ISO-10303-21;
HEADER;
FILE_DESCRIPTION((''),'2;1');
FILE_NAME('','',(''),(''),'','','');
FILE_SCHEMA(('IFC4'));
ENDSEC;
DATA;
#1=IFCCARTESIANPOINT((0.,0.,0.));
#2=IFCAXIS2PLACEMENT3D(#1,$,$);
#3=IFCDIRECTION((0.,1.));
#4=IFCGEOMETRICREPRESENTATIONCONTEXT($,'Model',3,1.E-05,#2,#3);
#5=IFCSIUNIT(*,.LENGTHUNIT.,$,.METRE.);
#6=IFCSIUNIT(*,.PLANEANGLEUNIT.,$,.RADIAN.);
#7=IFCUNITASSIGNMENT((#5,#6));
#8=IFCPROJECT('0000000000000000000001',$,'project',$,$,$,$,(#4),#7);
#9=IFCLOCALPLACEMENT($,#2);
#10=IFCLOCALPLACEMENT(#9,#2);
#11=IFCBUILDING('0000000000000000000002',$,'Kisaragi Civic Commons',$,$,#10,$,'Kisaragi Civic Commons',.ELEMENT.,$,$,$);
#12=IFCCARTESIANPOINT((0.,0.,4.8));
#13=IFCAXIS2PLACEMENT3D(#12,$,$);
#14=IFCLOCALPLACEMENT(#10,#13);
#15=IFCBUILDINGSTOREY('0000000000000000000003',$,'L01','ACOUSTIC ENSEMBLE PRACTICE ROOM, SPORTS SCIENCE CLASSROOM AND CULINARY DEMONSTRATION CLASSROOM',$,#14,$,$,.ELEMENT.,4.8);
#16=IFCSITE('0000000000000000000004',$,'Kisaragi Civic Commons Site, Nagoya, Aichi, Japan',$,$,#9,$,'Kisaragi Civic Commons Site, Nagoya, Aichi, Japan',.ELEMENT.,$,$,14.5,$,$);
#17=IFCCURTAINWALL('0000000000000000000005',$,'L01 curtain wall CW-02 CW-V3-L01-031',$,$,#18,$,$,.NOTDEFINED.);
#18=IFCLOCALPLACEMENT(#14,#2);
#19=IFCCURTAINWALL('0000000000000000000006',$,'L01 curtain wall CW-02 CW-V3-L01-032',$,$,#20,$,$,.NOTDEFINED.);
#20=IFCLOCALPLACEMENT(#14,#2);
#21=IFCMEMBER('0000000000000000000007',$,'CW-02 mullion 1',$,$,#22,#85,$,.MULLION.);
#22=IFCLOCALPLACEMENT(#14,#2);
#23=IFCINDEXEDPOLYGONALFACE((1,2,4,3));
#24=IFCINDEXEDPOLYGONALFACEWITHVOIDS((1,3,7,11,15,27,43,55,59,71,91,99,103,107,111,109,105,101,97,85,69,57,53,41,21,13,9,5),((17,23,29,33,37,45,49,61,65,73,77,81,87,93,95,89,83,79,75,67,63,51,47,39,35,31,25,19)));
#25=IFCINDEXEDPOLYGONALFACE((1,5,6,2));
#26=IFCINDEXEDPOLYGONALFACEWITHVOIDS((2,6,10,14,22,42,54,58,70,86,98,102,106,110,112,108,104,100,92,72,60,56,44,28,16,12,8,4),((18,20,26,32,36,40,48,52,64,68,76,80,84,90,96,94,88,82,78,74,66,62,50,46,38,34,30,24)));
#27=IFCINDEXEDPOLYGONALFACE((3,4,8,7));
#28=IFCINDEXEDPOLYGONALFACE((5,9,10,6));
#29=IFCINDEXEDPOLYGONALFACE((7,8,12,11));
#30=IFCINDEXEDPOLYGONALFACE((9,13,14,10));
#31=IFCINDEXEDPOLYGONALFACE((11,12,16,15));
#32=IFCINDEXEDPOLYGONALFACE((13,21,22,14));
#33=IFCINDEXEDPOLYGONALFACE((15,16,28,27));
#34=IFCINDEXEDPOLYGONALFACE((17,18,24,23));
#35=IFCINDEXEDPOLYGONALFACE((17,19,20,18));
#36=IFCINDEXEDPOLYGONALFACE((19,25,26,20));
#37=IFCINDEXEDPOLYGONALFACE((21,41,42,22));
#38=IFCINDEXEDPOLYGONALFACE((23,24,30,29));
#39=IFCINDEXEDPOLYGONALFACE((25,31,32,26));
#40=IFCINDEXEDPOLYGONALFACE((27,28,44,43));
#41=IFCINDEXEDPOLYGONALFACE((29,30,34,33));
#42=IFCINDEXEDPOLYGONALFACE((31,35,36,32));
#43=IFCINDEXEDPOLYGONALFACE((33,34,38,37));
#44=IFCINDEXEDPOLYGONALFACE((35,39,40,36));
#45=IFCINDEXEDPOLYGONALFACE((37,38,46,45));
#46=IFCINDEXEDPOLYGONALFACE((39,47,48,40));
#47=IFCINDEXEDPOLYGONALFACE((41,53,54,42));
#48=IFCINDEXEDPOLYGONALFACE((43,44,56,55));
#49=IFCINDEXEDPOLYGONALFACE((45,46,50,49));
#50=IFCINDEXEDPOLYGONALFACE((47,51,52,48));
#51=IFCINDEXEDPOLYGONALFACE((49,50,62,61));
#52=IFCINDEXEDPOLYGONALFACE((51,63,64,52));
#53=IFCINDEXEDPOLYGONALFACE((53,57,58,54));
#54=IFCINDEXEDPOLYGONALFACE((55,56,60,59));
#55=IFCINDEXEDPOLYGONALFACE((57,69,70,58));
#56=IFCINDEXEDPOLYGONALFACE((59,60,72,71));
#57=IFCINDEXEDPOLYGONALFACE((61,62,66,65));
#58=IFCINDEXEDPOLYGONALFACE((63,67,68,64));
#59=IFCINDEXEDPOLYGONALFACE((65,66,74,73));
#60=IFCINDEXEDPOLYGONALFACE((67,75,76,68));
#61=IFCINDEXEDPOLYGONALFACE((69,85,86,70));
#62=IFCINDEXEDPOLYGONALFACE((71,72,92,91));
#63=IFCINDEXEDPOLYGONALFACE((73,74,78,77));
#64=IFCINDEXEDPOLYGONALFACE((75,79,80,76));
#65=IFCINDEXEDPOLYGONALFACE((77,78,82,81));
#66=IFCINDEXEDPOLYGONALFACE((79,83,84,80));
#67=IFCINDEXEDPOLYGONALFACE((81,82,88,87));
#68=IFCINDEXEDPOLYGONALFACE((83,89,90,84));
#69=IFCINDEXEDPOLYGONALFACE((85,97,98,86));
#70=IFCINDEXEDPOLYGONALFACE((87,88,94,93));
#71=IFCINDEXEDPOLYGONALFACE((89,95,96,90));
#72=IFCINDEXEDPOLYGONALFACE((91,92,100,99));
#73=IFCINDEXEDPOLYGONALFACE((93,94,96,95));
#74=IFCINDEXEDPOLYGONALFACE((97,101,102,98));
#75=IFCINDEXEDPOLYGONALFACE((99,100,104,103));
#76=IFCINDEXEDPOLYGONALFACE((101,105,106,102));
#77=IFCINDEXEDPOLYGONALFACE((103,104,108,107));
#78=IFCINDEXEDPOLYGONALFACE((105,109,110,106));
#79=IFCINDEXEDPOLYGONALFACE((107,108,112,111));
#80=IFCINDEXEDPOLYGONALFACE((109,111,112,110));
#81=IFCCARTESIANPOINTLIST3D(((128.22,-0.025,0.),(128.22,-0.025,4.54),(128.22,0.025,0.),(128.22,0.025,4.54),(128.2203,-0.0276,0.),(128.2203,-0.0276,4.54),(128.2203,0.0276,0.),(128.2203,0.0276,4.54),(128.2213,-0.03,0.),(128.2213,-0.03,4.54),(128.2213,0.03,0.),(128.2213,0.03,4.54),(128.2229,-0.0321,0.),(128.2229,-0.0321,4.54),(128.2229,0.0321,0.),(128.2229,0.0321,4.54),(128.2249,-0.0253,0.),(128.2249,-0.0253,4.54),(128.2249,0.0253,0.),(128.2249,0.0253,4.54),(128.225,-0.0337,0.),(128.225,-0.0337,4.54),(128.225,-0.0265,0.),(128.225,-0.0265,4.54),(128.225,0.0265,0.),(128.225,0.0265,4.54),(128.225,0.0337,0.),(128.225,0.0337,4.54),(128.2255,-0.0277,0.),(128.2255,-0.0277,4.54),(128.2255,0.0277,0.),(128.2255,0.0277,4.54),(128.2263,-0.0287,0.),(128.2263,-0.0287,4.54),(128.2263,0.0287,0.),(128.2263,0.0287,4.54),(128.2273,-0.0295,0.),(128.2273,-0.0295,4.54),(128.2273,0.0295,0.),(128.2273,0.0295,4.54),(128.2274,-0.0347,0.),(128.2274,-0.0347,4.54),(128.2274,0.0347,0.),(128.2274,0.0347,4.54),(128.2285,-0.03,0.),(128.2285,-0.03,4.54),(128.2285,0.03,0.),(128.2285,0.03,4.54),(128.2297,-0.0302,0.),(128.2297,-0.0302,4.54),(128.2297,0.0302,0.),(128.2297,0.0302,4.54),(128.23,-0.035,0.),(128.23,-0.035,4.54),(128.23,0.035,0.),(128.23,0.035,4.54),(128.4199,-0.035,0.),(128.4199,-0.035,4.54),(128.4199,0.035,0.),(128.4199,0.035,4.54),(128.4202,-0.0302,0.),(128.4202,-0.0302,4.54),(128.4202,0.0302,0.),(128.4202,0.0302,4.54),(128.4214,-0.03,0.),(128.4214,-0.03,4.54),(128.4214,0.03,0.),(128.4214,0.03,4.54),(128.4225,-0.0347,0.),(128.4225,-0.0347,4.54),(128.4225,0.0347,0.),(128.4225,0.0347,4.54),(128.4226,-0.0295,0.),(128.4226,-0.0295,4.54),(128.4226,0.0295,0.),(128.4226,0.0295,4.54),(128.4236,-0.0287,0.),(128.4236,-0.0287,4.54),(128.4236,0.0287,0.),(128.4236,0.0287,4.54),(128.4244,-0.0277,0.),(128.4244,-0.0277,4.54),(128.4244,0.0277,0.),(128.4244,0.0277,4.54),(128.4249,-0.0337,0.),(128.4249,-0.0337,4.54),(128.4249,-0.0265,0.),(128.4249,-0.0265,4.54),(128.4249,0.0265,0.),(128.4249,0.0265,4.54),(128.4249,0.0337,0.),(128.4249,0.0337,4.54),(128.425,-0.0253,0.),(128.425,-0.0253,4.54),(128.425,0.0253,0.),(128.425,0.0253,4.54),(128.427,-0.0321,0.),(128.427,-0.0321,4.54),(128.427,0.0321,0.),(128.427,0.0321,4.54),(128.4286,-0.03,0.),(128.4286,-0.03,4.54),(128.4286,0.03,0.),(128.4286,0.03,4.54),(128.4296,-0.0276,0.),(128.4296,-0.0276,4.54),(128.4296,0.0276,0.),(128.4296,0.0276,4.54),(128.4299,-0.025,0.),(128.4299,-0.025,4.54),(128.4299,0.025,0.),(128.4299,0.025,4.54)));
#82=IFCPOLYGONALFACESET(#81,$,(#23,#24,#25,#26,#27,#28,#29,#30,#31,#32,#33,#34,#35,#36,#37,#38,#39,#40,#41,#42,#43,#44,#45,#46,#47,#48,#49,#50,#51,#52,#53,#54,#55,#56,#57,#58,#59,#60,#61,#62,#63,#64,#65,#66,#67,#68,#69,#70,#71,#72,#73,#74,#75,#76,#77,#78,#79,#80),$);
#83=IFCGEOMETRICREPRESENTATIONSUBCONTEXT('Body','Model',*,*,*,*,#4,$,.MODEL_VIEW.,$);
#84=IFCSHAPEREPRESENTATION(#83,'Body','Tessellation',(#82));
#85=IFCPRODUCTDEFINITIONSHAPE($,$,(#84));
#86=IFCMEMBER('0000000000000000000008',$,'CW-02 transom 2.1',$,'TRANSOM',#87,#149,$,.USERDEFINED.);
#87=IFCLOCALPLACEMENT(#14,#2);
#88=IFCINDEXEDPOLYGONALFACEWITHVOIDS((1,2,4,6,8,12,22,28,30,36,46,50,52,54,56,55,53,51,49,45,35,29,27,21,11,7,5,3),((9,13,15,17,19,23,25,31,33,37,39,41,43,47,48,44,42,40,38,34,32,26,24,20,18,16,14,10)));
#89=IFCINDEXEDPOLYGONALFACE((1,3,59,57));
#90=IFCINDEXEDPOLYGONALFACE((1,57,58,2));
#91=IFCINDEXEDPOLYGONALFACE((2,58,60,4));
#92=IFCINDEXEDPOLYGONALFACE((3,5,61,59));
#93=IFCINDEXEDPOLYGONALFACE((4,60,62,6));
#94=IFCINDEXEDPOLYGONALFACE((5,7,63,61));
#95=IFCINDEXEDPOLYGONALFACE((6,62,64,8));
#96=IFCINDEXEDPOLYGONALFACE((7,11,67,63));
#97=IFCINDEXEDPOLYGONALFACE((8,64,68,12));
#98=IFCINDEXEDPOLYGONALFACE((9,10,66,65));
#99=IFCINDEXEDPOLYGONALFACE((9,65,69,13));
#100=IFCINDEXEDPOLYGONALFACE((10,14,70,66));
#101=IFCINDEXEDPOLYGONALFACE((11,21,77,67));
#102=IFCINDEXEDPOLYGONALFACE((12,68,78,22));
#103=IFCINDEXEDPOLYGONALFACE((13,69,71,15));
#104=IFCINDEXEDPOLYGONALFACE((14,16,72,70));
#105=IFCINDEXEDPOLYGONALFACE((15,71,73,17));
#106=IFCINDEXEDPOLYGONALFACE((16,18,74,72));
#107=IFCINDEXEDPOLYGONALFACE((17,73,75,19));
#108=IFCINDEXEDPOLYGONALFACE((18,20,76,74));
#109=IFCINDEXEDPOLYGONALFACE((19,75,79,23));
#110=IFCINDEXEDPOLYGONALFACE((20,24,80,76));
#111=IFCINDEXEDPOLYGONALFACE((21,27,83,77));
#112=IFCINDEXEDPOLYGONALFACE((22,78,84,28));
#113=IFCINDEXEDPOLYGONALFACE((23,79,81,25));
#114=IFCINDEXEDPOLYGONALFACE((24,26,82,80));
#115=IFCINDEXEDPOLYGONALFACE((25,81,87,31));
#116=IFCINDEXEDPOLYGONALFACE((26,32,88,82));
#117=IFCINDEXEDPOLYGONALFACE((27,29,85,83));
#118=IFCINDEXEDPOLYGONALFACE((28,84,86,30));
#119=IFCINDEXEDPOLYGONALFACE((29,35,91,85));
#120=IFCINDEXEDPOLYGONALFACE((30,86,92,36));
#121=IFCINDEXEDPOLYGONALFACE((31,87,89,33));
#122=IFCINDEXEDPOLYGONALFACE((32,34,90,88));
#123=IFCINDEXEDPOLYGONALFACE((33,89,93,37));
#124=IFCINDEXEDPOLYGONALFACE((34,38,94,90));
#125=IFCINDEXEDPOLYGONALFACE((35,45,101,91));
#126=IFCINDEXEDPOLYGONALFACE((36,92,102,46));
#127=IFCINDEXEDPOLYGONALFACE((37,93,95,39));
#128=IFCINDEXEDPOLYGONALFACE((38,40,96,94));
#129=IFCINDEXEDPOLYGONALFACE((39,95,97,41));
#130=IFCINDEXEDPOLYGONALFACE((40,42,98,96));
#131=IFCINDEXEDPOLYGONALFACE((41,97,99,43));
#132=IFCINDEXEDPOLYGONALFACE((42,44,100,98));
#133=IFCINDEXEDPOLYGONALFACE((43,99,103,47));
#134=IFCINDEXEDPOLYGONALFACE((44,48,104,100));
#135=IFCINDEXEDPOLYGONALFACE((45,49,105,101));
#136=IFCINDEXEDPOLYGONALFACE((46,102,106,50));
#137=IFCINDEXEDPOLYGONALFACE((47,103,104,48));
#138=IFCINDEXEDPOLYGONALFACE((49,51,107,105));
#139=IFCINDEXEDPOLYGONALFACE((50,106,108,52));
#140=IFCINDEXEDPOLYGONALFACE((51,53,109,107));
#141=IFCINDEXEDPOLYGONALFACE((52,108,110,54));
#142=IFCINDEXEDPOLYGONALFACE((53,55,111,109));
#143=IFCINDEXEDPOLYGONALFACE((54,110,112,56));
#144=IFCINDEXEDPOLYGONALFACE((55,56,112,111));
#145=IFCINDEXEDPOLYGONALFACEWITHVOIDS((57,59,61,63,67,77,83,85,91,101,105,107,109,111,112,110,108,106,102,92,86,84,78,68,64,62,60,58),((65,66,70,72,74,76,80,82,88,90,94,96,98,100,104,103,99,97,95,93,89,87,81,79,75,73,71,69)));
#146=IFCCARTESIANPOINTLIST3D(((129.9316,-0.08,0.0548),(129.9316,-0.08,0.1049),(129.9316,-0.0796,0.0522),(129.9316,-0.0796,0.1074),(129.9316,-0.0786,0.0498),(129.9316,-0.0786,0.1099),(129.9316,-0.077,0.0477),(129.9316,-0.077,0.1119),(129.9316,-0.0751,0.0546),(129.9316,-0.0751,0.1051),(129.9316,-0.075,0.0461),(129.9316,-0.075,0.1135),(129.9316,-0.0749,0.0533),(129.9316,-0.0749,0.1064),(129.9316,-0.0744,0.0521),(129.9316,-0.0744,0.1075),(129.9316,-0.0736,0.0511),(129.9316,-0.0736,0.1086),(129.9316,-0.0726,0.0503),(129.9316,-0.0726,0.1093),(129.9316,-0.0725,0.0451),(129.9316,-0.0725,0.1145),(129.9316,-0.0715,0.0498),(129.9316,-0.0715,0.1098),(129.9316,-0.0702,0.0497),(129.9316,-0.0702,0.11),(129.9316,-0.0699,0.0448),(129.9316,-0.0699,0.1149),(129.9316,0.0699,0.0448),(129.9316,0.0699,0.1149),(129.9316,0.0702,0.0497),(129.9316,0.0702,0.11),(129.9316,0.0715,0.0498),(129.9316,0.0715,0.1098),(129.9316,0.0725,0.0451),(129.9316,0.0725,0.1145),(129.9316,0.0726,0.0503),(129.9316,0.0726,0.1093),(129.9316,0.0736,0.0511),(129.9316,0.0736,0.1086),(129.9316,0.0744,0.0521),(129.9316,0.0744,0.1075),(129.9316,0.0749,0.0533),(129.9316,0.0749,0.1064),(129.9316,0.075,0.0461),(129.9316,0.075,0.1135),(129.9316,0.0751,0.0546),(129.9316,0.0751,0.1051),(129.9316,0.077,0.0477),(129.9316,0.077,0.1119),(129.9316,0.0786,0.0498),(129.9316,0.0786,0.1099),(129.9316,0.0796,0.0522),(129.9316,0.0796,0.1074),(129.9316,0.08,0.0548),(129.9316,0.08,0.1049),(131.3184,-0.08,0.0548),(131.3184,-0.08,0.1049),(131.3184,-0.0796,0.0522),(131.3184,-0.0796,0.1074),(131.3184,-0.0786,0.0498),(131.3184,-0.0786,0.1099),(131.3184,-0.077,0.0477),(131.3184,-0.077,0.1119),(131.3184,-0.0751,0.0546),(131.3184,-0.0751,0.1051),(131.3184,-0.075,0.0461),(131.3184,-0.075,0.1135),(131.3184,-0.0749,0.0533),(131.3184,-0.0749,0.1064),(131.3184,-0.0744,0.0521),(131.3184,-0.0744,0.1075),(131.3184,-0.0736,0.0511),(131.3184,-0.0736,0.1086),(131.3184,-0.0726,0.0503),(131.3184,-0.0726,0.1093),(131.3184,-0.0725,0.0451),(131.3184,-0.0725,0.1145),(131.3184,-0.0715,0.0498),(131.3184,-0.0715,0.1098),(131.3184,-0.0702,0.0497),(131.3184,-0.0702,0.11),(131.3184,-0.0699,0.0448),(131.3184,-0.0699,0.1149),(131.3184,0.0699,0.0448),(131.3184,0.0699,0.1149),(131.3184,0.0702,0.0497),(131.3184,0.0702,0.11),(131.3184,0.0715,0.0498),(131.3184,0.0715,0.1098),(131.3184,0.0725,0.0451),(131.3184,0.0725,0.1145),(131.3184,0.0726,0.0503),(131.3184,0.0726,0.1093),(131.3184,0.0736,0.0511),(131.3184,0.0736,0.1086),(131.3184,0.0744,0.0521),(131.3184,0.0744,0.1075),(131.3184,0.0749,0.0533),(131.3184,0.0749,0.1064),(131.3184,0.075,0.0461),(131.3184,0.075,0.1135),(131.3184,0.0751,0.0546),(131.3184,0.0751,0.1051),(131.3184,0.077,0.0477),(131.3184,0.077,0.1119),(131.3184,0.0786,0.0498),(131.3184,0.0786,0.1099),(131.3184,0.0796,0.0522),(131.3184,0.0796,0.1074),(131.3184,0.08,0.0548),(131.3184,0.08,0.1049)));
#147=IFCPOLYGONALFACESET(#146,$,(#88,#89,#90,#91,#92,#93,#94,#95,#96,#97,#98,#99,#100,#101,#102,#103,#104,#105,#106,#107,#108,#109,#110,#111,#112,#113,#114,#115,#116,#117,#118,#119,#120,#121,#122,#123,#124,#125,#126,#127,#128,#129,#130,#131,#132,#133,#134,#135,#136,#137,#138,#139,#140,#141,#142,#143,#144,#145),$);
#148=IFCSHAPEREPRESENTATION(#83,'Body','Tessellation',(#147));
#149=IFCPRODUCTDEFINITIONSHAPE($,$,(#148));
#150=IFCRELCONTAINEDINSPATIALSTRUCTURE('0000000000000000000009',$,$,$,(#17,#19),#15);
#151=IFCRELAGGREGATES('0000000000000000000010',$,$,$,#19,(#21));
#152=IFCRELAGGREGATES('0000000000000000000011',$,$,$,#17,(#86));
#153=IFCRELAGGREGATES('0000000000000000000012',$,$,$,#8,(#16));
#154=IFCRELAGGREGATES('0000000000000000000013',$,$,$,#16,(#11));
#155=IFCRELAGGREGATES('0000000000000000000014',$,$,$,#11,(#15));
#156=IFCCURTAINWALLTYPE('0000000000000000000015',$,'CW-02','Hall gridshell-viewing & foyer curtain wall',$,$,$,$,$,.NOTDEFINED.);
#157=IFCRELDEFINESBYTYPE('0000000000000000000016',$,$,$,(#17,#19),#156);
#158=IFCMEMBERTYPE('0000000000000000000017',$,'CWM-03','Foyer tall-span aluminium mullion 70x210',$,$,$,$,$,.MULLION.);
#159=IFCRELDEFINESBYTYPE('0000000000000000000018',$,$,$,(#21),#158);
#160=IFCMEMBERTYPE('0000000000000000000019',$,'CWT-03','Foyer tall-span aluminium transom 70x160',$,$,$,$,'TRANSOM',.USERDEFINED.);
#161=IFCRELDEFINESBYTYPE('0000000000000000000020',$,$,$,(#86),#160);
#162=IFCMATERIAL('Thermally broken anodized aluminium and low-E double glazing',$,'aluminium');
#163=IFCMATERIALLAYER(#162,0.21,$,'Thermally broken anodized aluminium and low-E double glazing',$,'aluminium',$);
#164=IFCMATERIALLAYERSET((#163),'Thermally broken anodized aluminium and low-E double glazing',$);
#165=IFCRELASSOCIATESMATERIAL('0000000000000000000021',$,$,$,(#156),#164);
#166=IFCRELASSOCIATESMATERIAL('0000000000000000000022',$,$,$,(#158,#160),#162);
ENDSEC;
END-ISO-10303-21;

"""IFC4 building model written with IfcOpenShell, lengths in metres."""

from ifc_helpers import new_model, si_unit, direction, frame, origin, origin_2d, place, context, subcontext, project, spatial, hollow_rectangle, extrude, material, layer, layer_set, material_profile, profile_set, type_object, element, aggregate, save


model = new_model("IFC4")

# Units and contexts
model_context = context("Model", 3, precision=1e-05, world=origin(), true_north=direction((0.0, 1.0)))
body_context = subcontext(model_context, "Body", "Model", "MODEL_VIEW")
ifc_project = project(units=[si_unit("LENGTHUNIT", "METRE"), si_unit("PLANEANGLEUNIT", "RADIAN")], contexts=[model_context])

# Site, building, storey
site_placement = place(None, origin())
site = spatial("IfcSite", under=ifc_project, at=site_placement, Name="Kisaragi Civic Commons Site, Nagoya, Aichi, Japan", LongName="Kisaragi Civic Commons Site, Nagoya, Aichi, Japan", CompositionType="ELEMENT", RefElevation=14.5)
building_placement = place(site_placement, origin())
building = spatial("IfcBuilding", under=site, at=building_placement, Name="Kisaragi Civic Commons", LongName="Kisaragi Civic Commons", CompositionType="ELEMENT")
storey_placement = place(building_placement, frame((0.0, 0.0, 4.8)))
storey = spatial("IfcBuildingStorey", under=building, at=storey_placement, Name="L01", Description="ACOUSTIC ENSEMBLE PRACTICE ROOM, SPORTS SCIENCE CLASSROOM AND CULINARY DEMONSTRATION CLASSROOM", CompositionType="ELEMENT", Elevation=4.8)

# Curtain wall
ifc_material_1 = material(Name="Thermally broken anodized aluminium and low-E double glazing", Category="aluminium")
ifc_layer_1 = layer(ifc_material_1, 0.21, Name="Thermally broken anodized aluminium and low-E double glazing", Category="aluminium")
ifc_layer_set_1 = layer_set([ifc_layer_1], Name="Thermally broken anodized aluminium and low-E double glazing")
curtain_wall_type = type_object("IfcCurtainWallType", Name="CW-02", Description="Hall gridshell-viewing & foyer curtain wall", PredefinedType="NOTDEFINED", material=ifc_layer_set_1)
curtain_wall_1_placement = place(storey_placement, origin())
curtain_wall_1 = element("IfcCurtainWall", 1, at=curtain_wall_1_placement, inside=storey, type_object=curtain_wall_type, Name="L01 curtain wall CW-02 CW-V3-L01-031", PredefinedType="NOTDEFINED")
ifc_material_profile_1 = material_profile(ifc_material_1, hollow_rectangle(XDim=0.0701, YDim=0.21, WallThickness=0.0049, InnerFilletRadius=0.0049, OuterFilletRadius=0.01, at=origin_2d()), Name="CWM-70x210x5", Category="aluminium")
ifc_profile_set_1 = profile_set([ifc_material_profile_1], Name="Thermally broken anodized aluminium and low-E double glazing")
member_type_1 = type_object("IfcMemberType", Name="CWM-03", Description="Foyer tall-span aluminium mullion 70x210", PredefinedType="MULLION", material=ifc_profile_set_1)

# Curtain wall, member
curtain_wall_2_placement = place(storey_placement, origin())
curtain_wall_2 = element("IfcCurtainWall", 2, at=curtain_wall_2_placement, inside=storey, type_object=curtain_wall_type, Name="L01 curtain wall CW-02 CW-V3-L01-032", PredefinedType="NOTDEFINED")
member_1_placement = place(storey_placement, frame((128.325, 0.0, 0.0), z_axis=(0.0, 0.0, 1.0), x_axis=(0.0, -1.0, 0.0)))
member_1 = element("IfcMember", 3, at=member_1_placement, type_object=member_type_1, Name="CW-02 mullion 1", PredefinedType="MULLION", context=body_context, shape_type="SweptSolid", body=[
    extrude(hollow_rectangle(XDim=0.0701, YDim=0.21, WallThickness=0.0049, InnerFilletRadius=0.0049, OuterFilletRadius=0.01, at=origin_2d()), origin(), (0.0, 0.0, 1.0), 4.54),
])

# Member
ifc_material_profile_2 = material_profile(ifc_material_1, hollow_rectangle(XDim=0.1599, YDim=0.0701, WallThickness=0.0049, InnerFilletRadius=0.0049, OuterFilletRadius=0.01, at=origin_2d()), Name="CWT-70x160x5", Category="aluminium")
ifc_profile_set_2 = profile_set([ifc_material_profile_2], Name="Thermally broken anodized aluminium and low-E double glazing")
member_type_2 = type_object("IfcMemberType", Name="CWT-03", Description="Foyer tall-span aluminium transom 70x160", ElementType="TRANSOM", PredefinedType="USERDEFINED", material=ifc_profile_set_2)
member_2_placement = place(storey_placement, frame((131.3184, 0.0, 0.0798), z_axis=(-1.0, 0.0, 0.0), x_axis=(0.0, -1.0, 0.0)))
member_2 = element("IfcMember", 4, at=member_2_placement, type_object=member_type_2, Name="CW-02 transom 2.1", ObjectType="TRANSOM", PredefinedType="USERDEFINED", context=body_context, shape_type="SweptSolid", body=[
    extrude(hollow_rectangle(XDim=0.1599, YDim=0.0701, WallThickness=0.0049, InnerFilletRadius=0.0049, OuterFilletRadius=0.01, at=origin_2d()), origin(), (0.0, 0.0, 1.0), 1.3867),
])
aggregate(curtain_wall_2, [member_1])

aggregate(curtain_wall_1, [member_2])

save(model, "model.ifc")
